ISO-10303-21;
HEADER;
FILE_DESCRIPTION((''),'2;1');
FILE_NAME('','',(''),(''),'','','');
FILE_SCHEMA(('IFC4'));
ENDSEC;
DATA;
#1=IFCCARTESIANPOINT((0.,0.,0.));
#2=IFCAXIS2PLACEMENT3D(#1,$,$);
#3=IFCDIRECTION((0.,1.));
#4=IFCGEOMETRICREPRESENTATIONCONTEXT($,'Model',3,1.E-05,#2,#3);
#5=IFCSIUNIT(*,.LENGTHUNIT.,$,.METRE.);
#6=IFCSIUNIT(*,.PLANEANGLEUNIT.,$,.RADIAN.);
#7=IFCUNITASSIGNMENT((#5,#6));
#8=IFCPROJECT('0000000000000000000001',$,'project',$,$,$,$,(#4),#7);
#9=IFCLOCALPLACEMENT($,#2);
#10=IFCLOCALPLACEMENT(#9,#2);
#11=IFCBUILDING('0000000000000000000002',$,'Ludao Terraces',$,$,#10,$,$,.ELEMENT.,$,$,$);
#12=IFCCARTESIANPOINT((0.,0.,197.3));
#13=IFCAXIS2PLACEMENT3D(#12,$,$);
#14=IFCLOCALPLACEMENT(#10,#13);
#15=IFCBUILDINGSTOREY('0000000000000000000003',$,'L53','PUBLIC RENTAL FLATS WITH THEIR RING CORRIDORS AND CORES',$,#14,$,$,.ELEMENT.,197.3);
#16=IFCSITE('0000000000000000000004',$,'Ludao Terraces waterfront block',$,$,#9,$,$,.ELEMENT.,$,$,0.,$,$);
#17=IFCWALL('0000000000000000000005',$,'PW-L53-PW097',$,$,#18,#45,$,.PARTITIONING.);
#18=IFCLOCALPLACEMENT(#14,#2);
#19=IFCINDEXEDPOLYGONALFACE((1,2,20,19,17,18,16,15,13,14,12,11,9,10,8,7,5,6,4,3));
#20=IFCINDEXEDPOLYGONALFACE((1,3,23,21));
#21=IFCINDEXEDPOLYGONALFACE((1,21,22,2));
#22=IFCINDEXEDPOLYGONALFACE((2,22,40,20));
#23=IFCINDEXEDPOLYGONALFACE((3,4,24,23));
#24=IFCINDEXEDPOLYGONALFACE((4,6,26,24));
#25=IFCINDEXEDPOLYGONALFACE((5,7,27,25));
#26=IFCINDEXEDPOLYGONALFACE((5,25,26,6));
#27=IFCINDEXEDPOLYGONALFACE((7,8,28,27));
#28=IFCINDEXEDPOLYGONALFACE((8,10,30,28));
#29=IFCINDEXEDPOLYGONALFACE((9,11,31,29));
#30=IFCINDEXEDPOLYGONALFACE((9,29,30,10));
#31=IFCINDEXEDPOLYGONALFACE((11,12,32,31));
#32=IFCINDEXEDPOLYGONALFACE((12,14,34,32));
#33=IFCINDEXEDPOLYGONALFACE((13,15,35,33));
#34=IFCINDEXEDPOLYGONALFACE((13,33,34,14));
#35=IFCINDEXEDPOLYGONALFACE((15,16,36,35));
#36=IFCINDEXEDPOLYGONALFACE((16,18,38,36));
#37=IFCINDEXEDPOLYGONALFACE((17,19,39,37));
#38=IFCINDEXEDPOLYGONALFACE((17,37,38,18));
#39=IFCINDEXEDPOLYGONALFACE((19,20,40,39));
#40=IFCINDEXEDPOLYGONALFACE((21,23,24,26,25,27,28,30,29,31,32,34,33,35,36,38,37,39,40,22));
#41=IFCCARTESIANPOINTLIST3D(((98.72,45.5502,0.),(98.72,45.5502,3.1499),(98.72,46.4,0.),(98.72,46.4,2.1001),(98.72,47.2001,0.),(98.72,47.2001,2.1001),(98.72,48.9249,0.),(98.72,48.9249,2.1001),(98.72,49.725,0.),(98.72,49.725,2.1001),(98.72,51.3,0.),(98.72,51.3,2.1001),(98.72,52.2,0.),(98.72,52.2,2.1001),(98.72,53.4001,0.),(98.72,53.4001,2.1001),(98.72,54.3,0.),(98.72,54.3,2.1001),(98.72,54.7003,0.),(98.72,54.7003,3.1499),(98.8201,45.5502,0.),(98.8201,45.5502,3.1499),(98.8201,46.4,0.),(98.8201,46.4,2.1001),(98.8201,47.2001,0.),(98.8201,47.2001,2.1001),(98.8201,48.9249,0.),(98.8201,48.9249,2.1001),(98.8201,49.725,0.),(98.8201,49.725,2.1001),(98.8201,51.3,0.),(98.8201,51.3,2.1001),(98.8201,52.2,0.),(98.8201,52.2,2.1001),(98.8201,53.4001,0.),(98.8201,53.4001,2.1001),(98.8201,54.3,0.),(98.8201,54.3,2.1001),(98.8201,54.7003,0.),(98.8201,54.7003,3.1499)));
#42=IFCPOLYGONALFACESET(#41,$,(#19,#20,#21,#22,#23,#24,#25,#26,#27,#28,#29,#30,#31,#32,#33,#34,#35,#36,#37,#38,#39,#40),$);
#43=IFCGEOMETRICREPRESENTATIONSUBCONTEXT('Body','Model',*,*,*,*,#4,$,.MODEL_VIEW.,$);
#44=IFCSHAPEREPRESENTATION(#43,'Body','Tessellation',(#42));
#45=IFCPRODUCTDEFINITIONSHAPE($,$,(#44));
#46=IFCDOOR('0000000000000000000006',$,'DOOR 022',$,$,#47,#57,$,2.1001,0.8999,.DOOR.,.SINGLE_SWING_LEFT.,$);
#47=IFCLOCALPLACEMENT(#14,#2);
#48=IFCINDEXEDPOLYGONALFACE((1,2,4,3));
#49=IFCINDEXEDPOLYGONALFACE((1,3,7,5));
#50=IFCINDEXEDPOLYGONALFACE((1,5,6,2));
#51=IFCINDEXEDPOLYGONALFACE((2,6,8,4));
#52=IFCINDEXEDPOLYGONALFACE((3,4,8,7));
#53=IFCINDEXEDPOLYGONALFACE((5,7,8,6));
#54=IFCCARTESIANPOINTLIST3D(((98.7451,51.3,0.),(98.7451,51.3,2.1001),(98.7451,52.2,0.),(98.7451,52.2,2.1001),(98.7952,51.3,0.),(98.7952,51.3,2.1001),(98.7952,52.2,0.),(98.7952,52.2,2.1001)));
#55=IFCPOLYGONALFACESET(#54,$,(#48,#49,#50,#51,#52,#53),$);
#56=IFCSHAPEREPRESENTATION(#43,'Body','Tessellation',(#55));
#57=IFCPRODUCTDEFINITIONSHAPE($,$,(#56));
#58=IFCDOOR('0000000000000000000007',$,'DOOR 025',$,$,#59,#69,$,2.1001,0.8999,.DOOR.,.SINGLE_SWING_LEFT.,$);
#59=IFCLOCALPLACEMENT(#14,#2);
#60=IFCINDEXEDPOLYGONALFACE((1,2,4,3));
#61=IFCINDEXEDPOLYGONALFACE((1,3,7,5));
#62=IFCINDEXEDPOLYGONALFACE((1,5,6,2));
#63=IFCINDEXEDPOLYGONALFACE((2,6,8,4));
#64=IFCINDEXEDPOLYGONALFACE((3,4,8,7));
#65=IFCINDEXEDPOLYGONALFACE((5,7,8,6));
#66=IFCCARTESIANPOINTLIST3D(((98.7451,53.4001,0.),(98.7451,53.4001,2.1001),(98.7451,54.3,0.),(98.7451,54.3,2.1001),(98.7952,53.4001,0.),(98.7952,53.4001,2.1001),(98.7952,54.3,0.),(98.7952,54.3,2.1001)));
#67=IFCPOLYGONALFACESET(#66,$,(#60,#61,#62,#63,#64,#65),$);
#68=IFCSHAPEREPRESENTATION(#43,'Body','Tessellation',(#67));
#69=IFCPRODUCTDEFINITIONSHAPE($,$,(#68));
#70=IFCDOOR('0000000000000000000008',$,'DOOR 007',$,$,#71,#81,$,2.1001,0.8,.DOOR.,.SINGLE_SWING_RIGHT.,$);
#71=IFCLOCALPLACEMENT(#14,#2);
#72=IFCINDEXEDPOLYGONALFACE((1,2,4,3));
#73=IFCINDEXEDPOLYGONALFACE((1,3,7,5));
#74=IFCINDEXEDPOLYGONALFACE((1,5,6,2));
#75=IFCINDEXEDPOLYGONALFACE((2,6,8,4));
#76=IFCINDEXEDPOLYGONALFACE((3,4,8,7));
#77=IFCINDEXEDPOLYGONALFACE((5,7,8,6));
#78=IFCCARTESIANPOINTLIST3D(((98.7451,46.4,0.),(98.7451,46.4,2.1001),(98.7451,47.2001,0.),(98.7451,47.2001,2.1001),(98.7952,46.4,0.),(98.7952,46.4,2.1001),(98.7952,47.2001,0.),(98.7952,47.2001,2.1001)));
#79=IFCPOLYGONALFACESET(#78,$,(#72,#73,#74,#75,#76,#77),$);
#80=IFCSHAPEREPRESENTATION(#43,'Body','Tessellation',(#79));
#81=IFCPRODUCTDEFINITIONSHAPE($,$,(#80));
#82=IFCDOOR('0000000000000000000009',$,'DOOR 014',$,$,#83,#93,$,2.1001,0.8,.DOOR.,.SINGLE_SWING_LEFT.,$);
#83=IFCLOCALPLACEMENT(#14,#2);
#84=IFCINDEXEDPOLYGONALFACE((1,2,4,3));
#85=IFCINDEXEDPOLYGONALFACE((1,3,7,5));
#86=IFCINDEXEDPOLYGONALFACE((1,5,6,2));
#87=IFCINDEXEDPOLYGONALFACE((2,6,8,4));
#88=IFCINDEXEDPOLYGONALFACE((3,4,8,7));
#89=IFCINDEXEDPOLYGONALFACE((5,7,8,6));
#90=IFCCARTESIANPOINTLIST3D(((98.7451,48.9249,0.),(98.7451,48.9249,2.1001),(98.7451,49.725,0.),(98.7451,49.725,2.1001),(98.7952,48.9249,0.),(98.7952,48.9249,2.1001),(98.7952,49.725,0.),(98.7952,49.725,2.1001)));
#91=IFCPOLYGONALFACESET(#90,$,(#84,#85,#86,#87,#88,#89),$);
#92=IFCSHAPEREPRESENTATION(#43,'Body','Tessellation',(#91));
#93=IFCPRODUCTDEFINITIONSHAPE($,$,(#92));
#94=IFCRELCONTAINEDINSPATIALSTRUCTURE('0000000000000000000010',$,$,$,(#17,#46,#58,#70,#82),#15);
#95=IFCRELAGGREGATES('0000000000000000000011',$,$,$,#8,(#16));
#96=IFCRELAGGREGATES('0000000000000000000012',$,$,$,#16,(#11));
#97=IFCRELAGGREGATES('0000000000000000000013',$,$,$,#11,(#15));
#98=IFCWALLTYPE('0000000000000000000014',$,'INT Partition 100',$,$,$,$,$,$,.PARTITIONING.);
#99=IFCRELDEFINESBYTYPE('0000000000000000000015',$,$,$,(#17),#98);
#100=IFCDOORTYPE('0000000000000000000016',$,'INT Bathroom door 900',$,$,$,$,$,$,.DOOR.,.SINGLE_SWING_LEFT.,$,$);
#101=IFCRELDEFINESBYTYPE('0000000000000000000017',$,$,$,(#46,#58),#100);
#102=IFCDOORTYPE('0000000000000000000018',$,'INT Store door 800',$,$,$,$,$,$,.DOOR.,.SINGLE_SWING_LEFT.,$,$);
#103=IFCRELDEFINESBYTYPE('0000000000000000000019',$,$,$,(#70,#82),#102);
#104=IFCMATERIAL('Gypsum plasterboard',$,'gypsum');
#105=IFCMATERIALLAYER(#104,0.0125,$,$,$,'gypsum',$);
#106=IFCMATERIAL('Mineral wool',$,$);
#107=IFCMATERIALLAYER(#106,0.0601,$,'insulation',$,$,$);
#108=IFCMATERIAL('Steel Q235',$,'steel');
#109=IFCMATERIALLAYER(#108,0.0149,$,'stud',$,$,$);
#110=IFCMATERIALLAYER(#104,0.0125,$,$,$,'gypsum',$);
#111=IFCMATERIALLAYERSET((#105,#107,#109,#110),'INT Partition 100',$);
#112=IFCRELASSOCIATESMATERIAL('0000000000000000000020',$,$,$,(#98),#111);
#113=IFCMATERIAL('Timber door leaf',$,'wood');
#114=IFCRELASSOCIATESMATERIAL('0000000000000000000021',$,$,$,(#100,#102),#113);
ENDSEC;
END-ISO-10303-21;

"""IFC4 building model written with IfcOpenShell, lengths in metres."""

from ifc_helpers import new_model, si_unit, direction, frame, frame_2d, origin, place, context, subcontext, project, spatial, rectangle, extrude, material, layer, layer_set, type_object, element, fill, save


model = new_model("IFC4")

# Units and contexts
model_context = context("Model", 3, precision=1e-05, world=origin(), true_north=direction((0.0, 1.0)))
body_context = subcontext(model_context, "Body", "Model", "MODEL_VIEW")
ifc_project = project(units=[si_unit("LENGTHUNIT", "METRE"), si_unit("PLANEANGLEUNIT", "RADIAN")], contexts=[model_context])

# Site, building, storey
site_placement = place(None, origin())
site = spatial("IfcSite", under=ifc_project, at=site_placement, Name="Ludao Terraces waterfront block", CompositionType="ELEMENT", RefElevation=0.0)
building_placement = place(site_placement, origin())
building = spatial("IfcBuilding", under=site, at=building_placement, Name="Ludao Terraces", CompositionType="ELEMENT")
storey_placement = place(building_placement, frame((0.0, 0.0, 197.3)))
storey = spatial("IfcBuildingStorey", under=building, at=storey_placement, Name="L53", Description="PUBLIC RENTAL FLATS WITH THEIR RING CORRIDORS AND CORES", CompositionType="ELEMENT", Elevation=197.3)

# Shared definitions
ifc_material_1 = material(Name="Steel Q235", Category="steel")

# Shared definitions
ifc_material_2 = material(Name="Gypsum plasterboard", Category="gypsum")
ifc_layer_1 = layer(ifc_material_2, 0.0125, Category="gypsum")
ifc_material_3 = material(Name="Mineral wool")
ifc_layer_2 = layer(ifc_material_3, 0.0601, Name="insulation")
ifc_layer_3 = layer(ifc_material_1, 0.0149, Name="stud")
ifc_layer_4 = layer(ifc_material_2, 0.0125, Category="gypsum")
ifc_layer_set_1 = layer_set([ifc_layer_1, ifc_layer_2, ifc_layer_3, ifc_layer_4], Name="INT Partition 100")
wall_type_1 = type_object("IfcWallType", Name="INT Partition 100", PredefinedType="PARTITIONING", material=ifc_layer_set_1)

# Wall, openings, doors
wall_1_placement = place(storey_placement, frame((98.77, 45.55, 0.0), z_axis=(0.0, 0.0, 1.0), x_axis=(0.0, 1.0, 0.0)))
wall_1 = element("IfcWall", 1, at=wall_1_placement, inside=storey, type_object=wall_type_1, Name="PW-L53-PW097", PredefinedType="PARTITIONING", context=body_context, shape_type="SweptSolid", body=[
    extrude(rectangle(XDim=9.1501, YDim=0.1001, at=frame_2d((4.5752, 0.0))), origin(), (0.0, 0.0, 1.0), 3.1499),
])
opening_1_placement = place(wall_1_placement, frame((0.8501, 0.0, 0.0)))
opening_1 = element("IfcOpeningElement", 2, at=opening_1_placement, cuts=wall_1, PredefinedType="OPENING", context=body_context, shape_type="SweptSolid", body=[
    extrude(rectangle(XDim=0.8, YDim=2.1001, at=frame_2d((0.3999, 1.05))), frame((0.0, 0.0601, 0.0), z_axis=(0.0, -1.0, 0.0), x_axis=(1.0, 0.0, 0.0)), (0.0, 0.0, 1.0), 0.1201),
])
opening_2_placement = place(wall_1_placement, frame((3.375, 0.0, 0.0)))
opening_2 = element("IfcOpeningElement", 3, at=opening_2_placement, cuts=wall_1, PredefinedType="OPENING", context=body_context, shape_type="SweptSolid", body=[
    extrude(rectangle(XDim=0.8, YDim=2.1001, at=frame_2d((0.3999, 1.05))), frame((0.0, 0.0601, 0.0), z_axis=(0.0, -1.0, 0.0), x_axis=(1.0, 0.0, 0.0)), (0.0, 0.0, 1.0), 0.1201),
])
opening_3_placement = place(wall_1_placement, frame((5.75, 0.0, 0.0)))
opening_3 = element("IfcOpeningElement", 4, at=opening_3_placement, cuts=wall_1, PredefinedType="OPENING", context=body_context, shape_type="SweptSolid", body=[
    extrude(rectangle(XDim=0.8999, YDim=2.1001, at=frame_2d((0.45, 1.05))), frame((0.0, 0.0601, 0.0), z_axis=(0.0, -1.0, 0.0), x_axis=(1.0, 0.0, 0.0)), (0.0, 0.0, 1.0), 0.1201),
])
opening_4_placement = place(wall_1_placement, frame((7.8501, 0.0, 0.0)))
opening_4 = element("IfcOpeningElement", 5, at=opening_4_placement, cuts=wall_1, PredefinedType="OPENING", context=body_context, shape_type="SweptSolid", body=[
    extrude(rectangle(XDim=0.8999, YDim=2.1001, at=frame_2d((0.45, 1.05))), frame((0.0, 0.0601, 0.0), z_axis=(0.0, -1.0, 0.0), x_axis=(1.0, 0.0, 0.0)), (0.0, 0.0, 1.0), 0.1201),
])
ifc_material_4 = material(Name="Timber door leaf", Category="wood")
door_type_1 = type_object("IfcDoorType", Name="INT Bathroom door 900", OperationType="SINGLE_SWING_LEFT", PredefinedType="DOOR", material=ifc_material_4)
door_1_placement = place(opening_3_placement, origin())
door_1 = element("IfcDoor", 6, at=door_1_placement, inside=storey, type_object=door_type_1, Name="DOOR 022", OperationType="SINGLE_SWING_LEFT", OverallHeight=2.1001, OverallWidth=0.8999, PredefinedType="DOOR", context=body_context, shape_type="SweptSolid", body=[
    extrude(rectangle(XDim=0.8999, YDim=2.1001, at=frame_2d((0.45, 1.05))), frame((0.0, 0.0249, 0.0), z_axis=(0.0, -1.0, 0.0), x_axis=(1.0, 0.0, 0.0)), (0.0, 0.0, 1.0), 0.05),
])
fill(opening_3, door_1)
door_2_placement = place(opening_4_placement, origin())
door_2 = element("IfcDoor", 7, at=door_2_placement, inside=storey, type_object=door_type_1, Name="DOOR 025", OperationType="SINGLE_SWING_LEFT", OverallHeight=2.1001, OverallWidth=0.8999, PredefinedType="DOOR", context=body_context, shape_type="SweptSolid", body=[
    extrude(rectangle(XDim=0.8999, YDim=2.1001, at=frame_2d((0.45, 1.05))), frame((0.0, 0.0249, 0.0), z_axis=(0.0, -1.0, 0.0), x_axis=(1.0, 0.0, 0.0)), (0.0, 0.0, 1.0), 0.05),
])
fill(opening_4, door_2)
door_type_2 = type_object("IfcDoorType", Name="INT Store door 800", OperationType="SINGLE_SWING_LEFT", PredefinedType="DOOR", material=ifc_material_4)
door_3_placement = place(opening_1_placement, origin())
door_3 = element("IfcDoor", 8, at=door_3_placement, inside=storey, type_object=door_type_2, Name="DOOR 007", OperationType="SINGLE_SWING_RIGHT", OverallHeight=2.1001, OverallWidth=0.8, PredefinedType="DOOR", context=body_context, shape_type="SweptSolid", body=[
    extrude(rectangle(XDim=0.8, YDim=2.1001, at=frame_2d((0.3999, 1.05))), frame((0.0, 0.0249, 0.0), z_axis=(0.0, -1.0, 0.0), x_axis=(1.0, 0.0, 0.0)), (0.0, 0.0, 1.0), 0.05),
])
fill(opening_1, door_3)
door_4_placement = place(opening_2_placement, origin())
door_4 = element("IfcDoor", 9, at=door_4_placement, inside=storey, type_object=door_type_2, Name="DOOR 014", OperationType="SINGLE_SWING_LEFT", OverallHeight=2.1001, OverallWidth=0.8, PredefinedType="DOOR", context=body_context, shape_type="SweptSolid", body=[
    extrude(rectangle(XDim=0.8, YDim=2.1001, at=frame_2d((0.3999, 1.05))), frame((0.0, 0.0249, 0.0), z_axis=(0.0, -1.0, 0.0), x_axis=(1.0, 0.0, 0.0)), (0.0, 0.0, 1.0), 0.05),
])
fill(opening_2, door_4)

save(model, "model.ifc")
